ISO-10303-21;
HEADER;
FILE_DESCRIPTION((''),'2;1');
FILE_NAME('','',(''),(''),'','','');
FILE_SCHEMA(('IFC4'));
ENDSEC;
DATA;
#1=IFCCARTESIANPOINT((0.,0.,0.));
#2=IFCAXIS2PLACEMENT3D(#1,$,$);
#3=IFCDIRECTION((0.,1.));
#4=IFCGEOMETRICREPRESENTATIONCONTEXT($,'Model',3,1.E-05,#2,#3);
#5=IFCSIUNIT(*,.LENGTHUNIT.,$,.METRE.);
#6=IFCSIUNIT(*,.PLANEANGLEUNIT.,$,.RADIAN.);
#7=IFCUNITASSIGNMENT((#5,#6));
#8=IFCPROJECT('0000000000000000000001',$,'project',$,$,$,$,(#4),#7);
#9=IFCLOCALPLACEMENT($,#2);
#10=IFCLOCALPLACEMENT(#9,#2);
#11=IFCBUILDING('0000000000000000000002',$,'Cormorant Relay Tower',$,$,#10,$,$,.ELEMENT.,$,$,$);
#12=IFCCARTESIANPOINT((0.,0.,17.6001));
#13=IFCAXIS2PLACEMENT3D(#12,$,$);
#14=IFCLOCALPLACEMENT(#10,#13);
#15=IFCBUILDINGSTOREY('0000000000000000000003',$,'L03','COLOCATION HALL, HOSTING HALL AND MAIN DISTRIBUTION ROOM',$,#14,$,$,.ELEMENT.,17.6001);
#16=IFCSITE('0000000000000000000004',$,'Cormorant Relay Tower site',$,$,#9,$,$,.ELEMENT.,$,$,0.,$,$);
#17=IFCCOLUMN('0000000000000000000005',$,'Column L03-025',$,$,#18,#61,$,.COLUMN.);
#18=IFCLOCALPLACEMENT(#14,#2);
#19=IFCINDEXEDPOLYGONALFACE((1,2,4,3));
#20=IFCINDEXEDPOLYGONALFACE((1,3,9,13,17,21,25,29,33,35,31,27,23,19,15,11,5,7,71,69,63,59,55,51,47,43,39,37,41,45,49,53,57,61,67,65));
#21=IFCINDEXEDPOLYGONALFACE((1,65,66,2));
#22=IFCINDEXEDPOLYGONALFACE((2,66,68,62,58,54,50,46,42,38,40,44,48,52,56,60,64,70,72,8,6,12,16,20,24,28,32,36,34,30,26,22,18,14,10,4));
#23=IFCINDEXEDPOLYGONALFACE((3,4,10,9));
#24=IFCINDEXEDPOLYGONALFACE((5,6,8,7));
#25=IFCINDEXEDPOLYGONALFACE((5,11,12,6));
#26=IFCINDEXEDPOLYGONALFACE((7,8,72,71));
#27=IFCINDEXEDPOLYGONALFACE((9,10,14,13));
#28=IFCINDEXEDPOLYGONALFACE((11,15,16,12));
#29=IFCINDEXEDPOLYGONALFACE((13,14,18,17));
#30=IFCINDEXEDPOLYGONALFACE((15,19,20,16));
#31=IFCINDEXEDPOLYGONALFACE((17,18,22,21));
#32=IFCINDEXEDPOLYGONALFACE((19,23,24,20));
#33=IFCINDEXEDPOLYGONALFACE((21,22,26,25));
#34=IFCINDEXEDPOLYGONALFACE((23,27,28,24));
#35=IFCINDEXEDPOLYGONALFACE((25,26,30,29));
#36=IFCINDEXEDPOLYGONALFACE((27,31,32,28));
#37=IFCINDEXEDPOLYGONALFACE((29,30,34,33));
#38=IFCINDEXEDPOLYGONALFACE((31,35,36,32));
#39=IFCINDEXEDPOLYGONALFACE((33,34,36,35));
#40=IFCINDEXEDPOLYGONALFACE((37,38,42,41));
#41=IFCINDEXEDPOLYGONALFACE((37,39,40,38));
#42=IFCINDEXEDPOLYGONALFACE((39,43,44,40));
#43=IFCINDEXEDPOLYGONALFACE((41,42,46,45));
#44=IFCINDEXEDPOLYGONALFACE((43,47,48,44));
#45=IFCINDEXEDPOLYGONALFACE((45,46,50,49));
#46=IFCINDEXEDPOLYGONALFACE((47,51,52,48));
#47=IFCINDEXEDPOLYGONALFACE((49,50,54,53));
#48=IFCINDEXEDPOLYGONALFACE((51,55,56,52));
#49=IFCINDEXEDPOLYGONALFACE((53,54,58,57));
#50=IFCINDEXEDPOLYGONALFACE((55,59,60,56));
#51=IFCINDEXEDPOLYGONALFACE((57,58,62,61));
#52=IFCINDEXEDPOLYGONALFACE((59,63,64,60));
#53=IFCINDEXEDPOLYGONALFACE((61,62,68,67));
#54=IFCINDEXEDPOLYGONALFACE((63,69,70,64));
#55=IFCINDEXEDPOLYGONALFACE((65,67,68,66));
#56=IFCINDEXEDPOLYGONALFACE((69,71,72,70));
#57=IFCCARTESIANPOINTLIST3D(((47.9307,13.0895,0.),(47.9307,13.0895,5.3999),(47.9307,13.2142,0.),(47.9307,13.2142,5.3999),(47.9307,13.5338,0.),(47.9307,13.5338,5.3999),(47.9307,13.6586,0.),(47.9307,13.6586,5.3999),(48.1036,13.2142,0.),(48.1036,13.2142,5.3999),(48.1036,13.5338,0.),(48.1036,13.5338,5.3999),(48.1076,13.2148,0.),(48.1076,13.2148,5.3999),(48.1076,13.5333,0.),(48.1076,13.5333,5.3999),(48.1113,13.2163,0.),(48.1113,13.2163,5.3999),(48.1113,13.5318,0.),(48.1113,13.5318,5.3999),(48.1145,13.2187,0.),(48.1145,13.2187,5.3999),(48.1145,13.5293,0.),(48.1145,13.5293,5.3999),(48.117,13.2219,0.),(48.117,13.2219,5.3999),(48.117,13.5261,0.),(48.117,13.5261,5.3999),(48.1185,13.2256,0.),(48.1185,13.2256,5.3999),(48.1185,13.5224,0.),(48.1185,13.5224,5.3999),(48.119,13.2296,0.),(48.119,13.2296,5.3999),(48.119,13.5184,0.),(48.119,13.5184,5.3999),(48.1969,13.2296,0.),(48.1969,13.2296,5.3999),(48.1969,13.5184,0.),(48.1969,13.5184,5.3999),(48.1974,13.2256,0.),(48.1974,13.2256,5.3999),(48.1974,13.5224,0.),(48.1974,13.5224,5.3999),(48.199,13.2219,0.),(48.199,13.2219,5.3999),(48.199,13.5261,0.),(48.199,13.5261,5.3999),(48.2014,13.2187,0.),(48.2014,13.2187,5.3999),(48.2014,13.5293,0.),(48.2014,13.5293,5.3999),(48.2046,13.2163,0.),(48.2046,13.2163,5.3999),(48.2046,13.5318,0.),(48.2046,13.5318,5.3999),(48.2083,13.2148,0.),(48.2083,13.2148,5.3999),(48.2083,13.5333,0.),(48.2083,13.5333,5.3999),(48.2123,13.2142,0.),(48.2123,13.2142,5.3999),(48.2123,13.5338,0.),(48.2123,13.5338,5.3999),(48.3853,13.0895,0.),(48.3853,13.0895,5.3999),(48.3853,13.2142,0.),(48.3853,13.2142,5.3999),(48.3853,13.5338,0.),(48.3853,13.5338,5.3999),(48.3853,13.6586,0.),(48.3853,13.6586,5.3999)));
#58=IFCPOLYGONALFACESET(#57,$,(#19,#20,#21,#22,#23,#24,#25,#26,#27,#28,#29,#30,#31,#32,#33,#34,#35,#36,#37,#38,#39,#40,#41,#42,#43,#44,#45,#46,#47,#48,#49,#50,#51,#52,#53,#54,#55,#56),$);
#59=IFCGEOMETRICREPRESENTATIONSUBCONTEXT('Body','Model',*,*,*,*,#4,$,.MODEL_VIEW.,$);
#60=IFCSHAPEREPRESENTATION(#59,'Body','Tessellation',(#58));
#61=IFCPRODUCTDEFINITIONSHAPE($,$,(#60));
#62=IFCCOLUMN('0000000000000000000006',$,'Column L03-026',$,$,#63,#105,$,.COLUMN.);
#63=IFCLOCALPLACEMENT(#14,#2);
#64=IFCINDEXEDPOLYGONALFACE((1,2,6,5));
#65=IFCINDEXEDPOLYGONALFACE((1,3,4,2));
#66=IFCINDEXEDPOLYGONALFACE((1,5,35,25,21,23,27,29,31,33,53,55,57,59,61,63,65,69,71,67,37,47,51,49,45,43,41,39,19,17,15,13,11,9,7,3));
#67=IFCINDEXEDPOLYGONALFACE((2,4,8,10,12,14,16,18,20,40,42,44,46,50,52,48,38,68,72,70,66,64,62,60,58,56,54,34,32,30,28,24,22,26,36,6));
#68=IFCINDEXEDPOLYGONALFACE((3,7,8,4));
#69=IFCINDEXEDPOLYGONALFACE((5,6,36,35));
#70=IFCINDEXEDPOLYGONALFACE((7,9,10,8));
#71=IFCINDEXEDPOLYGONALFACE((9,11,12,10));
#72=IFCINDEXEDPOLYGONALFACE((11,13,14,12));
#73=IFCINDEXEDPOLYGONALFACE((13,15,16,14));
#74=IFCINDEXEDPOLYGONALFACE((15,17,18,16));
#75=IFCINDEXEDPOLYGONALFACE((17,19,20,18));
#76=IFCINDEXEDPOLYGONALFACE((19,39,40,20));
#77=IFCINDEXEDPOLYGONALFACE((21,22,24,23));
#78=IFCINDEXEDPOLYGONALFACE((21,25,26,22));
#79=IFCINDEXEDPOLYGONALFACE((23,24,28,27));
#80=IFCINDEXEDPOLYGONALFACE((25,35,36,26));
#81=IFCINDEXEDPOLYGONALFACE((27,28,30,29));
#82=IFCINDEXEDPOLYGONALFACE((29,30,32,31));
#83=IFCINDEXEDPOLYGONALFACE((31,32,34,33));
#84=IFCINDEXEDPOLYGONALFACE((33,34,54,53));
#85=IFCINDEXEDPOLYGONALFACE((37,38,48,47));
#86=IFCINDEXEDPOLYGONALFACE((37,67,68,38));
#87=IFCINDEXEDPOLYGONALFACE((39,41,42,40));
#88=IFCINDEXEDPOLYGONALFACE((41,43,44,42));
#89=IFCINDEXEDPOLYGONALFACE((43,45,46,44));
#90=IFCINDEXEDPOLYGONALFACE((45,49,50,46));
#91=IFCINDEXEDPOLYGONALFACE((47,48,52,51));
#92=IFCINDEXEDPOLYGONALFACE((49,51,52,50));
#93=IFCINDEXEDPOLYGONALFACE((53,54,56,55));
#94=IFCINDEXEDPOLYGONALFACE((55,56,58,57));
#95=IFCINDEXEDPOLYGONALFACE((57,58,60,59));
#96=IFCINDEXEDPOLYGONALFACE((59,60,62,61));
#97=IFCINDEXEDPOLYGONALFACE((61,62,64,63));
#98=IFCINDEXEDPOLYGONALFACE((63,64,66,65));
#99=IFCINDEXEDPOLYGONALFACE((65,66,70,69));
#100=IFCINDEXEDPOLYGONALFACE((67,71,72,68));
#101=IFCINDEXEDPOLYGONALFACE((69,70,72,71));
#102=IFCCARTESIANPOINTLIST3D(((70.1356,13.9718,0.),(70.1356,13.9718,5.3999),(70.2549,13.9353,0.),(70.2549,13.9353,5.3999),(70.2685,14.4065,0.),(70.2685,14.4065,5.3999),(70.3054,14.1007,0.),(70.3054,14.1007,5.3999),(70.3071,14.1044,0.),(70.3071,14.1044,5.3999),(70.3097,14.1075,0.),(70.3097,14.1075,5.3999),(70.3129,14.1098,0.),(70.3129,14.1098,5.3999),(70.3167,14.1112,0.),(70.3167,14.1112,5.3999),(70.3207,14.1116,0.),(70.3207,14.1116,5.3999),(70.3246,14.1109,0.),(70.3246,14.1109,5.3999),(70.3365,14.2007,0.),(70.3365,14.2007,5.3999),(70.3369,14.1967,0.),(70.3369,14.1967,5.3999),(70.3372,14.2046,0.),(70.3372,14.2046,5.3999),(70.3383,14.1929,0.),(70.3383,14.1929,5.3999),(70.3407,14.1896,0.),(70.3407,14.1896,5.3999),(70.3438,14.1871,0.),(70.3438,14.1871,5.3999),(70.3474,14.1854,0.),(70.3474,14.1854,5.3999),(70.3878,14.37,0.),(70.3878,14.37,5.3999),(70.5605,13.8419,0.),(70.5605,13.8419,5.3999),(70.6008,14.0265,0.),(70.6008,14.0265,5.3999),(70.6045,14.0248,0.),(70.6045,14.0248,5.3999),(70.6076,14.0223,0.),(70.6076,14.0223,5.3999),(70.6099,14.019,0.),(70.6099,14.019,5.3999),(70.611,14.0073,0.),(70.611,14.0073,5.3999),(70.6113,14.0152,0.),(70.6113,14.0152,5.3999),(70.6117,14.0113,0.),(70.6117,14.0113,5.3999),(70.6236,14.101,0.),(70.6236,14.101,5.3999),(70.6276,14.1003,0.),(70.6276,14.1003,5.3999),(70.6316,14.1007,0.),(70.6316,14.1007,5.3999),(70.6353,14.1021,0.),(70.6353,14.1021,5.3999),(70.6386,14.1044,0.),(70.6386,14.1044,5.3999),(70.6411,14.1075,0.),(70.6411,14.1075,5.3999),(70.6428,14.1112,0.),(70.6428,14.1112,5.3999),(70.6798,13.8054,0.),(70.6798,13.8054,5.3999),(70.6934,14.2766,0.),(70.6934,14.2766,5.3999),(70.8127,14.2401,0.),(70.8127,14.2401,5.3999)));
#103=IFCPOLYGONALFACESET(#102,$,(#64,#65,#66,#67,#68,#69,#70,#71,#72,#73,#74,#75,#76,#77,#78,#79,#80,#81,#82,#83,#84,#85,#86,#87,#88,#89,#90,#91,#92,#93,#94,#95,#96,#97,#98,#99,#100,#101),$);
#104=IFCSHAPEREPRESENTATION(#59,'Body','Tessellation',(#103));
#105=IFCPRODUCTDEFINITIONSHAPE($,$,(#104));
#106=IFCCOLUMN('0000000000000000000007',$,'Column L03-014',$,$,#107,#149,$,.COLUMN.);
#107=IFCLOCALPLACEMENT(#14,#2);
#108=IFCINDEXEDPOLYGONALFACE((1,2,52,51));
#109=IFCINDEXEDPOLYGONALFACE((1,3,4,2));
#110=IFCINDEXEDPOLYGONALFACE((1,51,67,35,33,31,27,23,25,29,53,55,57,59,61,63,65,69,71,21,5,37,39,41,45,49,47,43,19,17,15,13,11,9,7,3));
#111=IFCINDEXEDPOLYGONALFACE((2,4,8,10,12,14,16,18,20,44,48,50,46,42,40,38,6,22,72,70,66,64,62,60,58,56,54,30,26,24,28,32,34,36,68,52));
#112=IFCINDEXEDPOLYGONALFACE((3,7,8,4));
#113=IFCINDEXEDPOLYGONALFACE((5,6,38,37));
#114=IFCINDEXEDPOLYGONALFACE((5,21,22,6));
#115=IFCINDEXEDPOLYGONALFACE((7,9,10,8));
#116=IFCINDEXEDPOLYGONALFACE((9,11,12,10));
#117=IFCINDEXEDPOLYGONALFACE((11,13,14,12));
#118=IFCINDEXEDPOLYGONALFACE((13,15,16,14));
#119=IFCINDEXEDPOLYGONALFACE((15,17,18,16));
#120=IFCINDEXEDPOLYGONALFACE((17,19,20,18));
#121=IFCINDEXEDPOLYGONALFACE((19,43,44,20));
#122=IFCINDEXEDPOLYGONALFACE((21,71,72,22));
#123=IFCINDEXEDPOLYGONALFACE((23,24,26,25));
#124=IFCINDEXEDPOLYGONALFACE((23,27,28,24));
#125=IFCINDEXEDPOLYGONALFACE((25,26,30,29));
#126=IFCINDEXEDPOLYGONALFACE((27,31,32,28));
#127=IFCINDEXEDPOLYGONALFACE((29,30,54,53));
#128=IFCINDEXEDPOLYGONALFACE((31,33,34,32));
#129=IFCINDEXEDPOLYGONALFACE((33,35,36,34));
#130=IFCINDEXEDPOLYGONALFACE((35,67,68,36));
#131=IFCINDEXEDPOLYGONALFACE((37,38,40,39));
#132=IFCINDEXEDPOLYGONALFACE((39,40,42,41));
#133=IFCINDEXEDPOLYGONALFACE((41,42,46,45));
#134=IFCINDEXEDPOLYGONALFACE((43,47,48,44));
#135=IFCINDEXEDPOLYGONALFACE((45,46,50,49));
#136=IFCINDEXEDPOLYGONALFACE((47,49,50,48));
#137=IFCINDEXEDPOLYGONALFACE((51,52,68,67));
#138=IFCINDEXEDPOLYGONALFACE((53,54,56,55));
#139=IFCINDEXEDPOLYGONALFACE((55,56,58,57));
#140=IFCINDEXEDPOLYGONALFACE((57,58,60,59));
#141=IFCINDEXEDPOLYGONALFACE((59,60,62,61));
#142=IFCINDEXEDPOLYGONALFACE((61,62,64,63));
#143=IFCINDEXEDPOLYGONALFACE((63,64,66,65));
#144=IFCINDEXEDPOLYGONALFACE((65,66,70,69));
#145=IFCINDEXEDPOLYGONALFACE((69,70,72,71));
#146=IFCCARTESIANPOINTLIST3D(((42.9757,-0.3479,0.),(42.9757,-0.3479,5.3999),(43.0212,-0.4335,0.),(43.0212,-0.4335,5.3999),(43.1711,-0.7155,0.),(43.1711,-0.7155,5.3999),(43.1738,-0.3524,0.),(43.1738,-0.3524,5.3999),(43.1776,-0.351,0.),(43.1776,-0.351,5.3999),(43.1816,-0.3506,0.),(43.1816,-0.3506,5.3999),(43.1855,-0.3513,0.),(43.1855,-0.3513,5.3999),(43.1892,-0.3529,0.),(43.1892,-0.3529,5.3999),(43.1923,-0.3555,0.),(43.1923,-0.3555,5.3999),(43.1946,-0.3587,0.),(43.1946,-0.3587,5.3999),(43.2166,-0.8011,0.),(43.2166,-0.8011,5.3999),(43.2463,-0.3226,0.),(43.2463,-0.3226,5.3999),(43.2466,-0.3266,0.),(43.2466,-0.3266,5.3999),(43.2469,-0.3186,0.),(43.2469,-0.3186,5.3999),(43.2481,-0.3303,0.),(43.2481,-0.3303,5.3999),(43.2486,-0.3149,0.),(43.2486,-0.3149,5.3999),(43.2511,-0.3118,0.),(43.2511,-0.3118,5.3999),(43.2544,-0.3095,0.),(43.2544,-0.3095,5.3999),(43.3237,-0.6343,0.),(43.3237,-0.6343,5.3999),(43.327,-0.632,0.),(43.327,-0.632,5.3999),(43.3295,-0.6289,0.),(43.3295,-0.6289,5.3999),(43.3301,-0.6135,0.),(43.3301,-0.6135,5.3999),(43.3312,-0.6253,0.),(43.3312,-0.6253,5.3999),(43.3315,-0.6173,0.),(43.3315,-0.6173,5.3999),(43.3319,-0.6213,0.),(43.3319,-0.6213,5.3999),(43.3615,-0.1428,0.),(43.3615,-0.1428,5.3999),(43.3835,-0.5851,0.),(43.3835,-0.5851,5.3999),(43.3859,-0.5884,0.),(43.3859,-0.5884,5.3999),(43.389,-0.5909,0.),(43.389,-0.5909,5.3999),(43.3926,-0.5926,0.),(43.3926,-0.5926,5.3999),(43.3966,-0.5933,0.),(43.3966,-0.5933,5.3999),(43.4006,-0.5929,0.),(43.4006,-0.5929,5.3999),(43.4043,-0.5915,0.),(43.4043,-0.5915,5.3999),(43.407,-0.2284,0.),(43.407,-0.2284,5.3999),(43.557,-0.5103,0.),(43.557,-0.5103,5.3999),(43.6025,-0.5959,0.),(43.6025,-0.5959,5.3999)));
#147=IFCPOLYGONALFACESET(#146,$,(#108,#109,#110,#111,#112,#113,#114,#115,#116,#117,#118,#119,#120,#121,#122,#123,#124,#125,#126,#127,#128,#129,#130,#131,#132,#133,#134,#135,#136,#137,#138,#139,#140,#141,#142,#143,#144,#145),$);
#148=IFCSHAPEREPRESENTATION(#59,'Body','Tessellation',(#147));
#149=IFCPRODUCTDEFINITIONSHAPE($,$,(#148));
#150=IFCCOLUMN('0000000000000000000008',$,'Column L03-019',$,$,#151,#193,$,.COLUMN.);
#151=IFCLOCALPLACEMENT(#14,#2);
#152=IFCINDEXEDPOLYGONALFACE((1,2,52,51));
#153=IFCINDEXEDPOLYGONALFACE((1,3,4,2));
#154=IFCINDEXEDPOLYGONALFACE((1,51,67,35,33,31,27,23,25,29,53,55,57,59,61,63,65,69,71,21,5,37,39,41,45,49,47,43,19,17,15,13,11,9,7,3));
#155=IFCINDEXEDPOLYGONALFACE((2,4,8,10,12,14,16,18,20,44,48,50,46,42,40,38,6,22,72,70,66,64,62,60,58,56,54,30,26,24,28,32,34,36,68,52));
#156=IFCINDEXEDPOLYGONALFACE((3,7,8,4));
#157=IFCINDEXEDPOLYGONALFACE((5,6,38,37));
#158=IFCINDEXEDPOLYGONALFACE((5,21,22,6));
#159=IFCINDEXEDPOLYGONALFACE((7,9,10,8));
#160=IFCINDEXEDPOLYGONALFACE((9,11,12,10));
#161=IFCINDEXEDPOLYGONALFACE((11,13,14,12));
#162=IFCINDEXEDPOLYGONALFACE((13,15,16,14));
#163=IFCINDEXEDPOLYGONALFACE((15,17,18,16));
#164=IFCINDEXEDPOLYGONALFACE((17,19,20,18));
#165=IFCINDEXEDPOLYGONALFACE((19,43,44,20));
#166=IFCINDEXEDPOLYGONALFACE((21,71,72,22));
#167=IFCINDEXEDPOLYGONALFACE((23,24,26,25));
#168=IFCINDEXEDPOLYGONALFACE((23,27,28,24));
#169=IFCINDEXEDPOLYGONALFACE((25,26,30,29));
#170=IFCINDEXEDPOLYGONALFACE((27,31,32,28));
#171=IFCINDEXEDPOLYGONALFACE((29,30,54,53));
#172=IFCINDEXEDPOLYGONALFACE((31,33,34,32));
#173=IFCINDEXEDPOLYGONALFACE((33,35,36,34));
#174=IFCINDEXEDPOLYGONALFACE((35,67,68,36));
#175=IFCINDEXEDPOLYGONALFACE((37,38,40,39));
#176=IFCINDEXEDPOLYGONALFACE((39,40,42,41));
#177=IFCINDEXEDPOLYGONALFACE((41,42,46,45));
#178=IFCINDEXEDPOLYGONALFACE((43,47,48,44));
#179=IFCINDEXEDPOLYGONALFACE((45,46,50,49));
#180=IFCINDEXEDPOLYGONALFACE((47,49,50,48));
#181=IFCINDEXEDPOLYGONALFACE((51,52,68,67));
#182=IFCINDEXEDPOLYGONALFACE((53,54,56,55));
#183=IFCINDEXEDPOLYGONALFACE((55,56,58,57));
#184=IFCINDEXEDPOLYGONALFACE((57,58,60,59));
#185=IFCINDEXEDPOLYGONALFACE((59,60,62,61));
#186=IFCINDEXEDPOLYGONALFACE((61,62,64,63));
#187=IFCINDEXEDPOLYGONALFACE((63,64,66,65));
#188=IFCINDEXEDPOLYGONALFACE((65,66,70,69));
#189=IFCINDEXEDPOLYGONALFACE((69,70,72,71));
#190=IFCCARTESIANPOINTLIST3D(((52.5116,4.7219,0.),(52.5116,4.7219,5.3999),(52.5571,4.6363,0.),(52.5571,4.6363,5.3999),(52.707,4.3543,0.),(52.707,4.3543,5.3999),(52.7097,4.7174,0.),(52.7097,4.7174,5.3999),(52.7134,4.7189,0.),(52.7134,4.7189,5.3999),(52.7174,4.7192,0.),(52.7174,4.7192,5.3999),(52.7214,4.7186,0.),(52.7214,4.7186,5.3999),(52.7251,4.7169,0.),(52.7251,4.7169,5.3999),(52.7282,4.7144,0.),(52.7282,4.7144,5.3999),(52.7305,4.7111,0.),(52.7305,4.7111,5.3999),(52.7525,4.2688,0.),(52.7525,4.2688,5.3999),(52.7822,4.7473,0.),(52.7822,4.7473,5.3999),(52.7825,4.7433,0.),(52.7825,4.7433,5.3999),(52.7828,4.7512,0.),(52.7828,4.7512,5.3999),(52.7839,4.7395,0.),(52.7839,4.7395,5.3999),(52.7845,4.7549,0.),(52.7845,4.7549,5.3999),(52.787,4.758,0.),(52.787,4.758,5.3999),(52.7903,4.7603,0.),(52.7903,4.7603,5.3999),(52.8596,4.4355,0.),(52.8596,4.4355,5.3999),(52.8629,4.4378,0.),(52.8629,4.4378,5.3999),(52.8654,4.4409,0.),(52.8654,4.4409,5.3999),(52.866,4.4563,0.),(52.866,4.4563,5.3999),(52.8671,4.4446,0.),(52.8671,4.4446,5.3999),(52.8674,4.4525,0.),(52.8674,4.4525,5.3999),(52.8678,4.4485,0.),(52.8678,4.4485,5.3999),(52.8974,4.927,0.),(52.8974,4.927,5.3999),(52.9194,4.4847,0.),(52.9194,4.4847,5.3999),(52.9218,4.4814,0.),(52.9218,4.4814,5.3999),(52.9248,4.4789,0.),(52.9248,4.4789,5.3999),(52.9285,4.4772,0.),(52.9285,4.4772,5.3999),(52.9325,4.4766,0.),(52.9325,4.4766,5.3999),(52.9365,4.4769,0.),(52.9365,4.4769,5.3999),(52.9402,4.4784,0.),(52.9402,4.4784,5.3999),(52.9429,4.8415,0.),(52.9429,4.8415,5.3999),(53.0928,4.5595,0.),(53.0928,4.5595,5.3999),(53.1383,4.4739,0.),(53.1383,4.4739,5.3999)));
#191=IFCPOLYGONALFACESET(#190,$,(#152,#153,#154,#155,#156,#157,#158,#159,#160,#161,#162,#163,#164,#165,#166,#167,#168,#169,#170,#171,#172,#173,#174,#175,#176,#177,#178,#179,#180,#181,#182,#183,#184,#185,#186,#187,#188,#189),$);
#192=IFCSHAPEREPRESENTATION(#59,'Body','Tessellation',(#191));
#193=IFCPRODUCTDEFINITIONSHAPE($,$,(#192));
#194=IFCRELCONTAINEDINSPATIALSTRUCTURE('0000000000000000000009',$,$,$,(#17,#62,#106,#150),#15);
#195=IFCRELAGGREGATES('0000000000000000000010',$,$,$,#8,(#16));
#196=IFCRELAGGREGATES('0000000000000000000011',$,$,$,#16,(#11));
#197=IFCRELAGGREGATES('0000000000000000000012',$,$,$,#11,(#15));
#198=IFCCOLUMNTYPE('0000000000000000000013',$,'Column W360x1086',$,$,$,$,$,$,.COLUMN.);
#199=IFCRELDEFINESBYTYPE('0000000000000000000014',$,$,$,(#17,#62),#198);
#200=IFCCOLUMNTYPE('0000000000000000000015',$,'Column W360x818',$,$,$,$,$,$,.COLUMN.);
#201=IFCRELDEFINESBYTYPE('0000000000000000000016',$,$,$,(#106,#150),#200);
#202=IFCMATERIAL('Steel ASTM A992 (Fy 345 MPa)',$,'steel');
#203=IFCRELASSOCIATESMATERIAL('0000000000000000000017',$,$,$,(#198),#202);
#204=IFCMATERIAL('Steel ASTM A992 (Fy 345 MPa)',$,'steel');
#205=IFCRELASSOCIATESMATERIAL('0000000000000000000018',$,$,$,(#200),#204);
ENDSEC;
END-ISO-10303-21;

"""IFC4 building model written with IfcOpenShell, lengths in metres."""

from ifc_helpers import new_model, si_unit, direction, frame, origin, origin_2d, place, context, subcontext, project, spatial, i_section, extrude, material, material_profile, profile_set, type_object, element, save


model = new_model("IFC4")

# Units and contexts
model_context = context("Model", 3, precision=1e-05, world=origin(), true_north=direction((0.0, 1.0)))
body_context = subcontext(model_context, "Body", "Model", "MODEL_VIEW")
ifc_project = project(units=[si_unit("LENGTHUNIT", "METRE"), si_unit("PLANEANGLEUNIT", "RADIAN")], contexts=[model_context])

# Site, building, storey
site_placement = place(None, origin())
site = spatial("IfcSite", under=ifc_project, at=site_placement, Name="Cormorant Relay Tower site", CompositionType="ELEMENT", RefElevation=0.0)
building_placement = place(site_placement, origin())
building = spatial("IfcBuilding", under=site, at=building_placement, Name="Cormorant Relay Tower", CompositionType="ELEMENT")
storey_placement = place(building_placement, frame((0.0, 0.0, 17.6001)))
storey = spatial("IfcBuildingStorey", under=building, at=storey_placement, Name="L03", Description="COLOCATION HALL, HOSTING HALL AND MAIN DISTRIBUTION ROOM", CompositionType="ELEMENT", Elevation=17.6001)

# Columns
ifc_material_1 = material(Name="Steel ASTM A992 (Fy 345 MPa)", Category="steel")
ifc_material_profile_1 = material_profile(ifc_material_1, i_section(OverallWidth=0.4546, OverallDepth=0.5691, WebThickness=0.0779, FlangeThickness=0.1248, FilletRadius=0.0154, at=origin_2d()), Name="W360x1086")
ifc_profile_set_1 = profile_set([ifc_material_profile_1], Name="Steel ASTM A992 (Fy 345 MPa)")
column_type_1 = type_object("IfcColumnType", Name="Column W360x1086", PredefinedType="COLUMN", material=ifc_profile_set_1)
for number, where, z_axis, x_axis, name in (
    (1, (48.158, 13.374, 0.0), (0.0, 0.0, 1.0), (1.0, 0.0, 0.0), "Column L03-025"),
    (2, (70.4741, 14.106, 0.0), (0.0, 0.0, 1.0), (0.292372, 0.956305, 0.0), "Column L03-026"),
):
    element("IfcColumn", number, at=place(storey_placement, frame(where, z_axis=z_axis, x_axis=x_axis)), inside=storey, type_object=column_type_1, Name=name, PredefinedType="COLUMN", context=body_context, shape_type="SweptSolid", body=[
        extrude(i_section(OverallWidth=0.4546, OverallDepth=0.5691, WebThickness=0.0779, FlangeThickness=0.1248, FilletRadius=0.0154, at=origin_2d()), origin(), (0.0, 0.0, 1.0), 5.3999),
    ])
ifc_material_2 = material(Name="Steel ASTM A992 (Fy 345 MPa)", Category="steel")
ifc_material_profile_2 = material_profile(ifc_material_2, i_section(OverallWidth=0.437, OverallDepth=0.5132, WebThickness=0.0605, FlangeThickness=0.0969, FilletRadius=0.0154, at=origin_2d()), Name="W360x818")
ifc_profile_set_2 = profile_set([ifc_material_profile_2], Name="Steel ASTM A992 (Fy 345 MPa)")
column_type_2 = type_object("IfcColumnType", Name="Column W360x818", PredefinedType="COLUMN", material=ifc_profile_set_2)
for number, where, z_axis, x_axis, name in (
    (3, (43.2891, -0.4719, 0.0), (0.0, 0.0, 1.0), (0.882948, 0.469472, 0.0), "Column L03-014"),
    (4, (52.825, 4.5979, 0.0), (0.0, 0.0, 1.0), (0.882948, 0.469472, 0.0), "Column L03-019"),
):
    element("IfcColumn", number, at=place(storey_placement, frame(where, z_axis=z_axis, x_axis=x_axis)), inside=storey, type_object=column_type_2, Name=name, PredefinedType="COLUMN", context=body_context, shape_type="SweptSolid", body=[
        extrude(i_section(OverallWidth=0.437, OverallDepth=0.5132, WebThickness=0.0605, FlangeThickness=0.0969, FilletRadius=0.0154, at=origin_2d()), origin(), (0.0, 0.0, 1.0), 5.3999),
    ])

save(model, "model.ifc")
